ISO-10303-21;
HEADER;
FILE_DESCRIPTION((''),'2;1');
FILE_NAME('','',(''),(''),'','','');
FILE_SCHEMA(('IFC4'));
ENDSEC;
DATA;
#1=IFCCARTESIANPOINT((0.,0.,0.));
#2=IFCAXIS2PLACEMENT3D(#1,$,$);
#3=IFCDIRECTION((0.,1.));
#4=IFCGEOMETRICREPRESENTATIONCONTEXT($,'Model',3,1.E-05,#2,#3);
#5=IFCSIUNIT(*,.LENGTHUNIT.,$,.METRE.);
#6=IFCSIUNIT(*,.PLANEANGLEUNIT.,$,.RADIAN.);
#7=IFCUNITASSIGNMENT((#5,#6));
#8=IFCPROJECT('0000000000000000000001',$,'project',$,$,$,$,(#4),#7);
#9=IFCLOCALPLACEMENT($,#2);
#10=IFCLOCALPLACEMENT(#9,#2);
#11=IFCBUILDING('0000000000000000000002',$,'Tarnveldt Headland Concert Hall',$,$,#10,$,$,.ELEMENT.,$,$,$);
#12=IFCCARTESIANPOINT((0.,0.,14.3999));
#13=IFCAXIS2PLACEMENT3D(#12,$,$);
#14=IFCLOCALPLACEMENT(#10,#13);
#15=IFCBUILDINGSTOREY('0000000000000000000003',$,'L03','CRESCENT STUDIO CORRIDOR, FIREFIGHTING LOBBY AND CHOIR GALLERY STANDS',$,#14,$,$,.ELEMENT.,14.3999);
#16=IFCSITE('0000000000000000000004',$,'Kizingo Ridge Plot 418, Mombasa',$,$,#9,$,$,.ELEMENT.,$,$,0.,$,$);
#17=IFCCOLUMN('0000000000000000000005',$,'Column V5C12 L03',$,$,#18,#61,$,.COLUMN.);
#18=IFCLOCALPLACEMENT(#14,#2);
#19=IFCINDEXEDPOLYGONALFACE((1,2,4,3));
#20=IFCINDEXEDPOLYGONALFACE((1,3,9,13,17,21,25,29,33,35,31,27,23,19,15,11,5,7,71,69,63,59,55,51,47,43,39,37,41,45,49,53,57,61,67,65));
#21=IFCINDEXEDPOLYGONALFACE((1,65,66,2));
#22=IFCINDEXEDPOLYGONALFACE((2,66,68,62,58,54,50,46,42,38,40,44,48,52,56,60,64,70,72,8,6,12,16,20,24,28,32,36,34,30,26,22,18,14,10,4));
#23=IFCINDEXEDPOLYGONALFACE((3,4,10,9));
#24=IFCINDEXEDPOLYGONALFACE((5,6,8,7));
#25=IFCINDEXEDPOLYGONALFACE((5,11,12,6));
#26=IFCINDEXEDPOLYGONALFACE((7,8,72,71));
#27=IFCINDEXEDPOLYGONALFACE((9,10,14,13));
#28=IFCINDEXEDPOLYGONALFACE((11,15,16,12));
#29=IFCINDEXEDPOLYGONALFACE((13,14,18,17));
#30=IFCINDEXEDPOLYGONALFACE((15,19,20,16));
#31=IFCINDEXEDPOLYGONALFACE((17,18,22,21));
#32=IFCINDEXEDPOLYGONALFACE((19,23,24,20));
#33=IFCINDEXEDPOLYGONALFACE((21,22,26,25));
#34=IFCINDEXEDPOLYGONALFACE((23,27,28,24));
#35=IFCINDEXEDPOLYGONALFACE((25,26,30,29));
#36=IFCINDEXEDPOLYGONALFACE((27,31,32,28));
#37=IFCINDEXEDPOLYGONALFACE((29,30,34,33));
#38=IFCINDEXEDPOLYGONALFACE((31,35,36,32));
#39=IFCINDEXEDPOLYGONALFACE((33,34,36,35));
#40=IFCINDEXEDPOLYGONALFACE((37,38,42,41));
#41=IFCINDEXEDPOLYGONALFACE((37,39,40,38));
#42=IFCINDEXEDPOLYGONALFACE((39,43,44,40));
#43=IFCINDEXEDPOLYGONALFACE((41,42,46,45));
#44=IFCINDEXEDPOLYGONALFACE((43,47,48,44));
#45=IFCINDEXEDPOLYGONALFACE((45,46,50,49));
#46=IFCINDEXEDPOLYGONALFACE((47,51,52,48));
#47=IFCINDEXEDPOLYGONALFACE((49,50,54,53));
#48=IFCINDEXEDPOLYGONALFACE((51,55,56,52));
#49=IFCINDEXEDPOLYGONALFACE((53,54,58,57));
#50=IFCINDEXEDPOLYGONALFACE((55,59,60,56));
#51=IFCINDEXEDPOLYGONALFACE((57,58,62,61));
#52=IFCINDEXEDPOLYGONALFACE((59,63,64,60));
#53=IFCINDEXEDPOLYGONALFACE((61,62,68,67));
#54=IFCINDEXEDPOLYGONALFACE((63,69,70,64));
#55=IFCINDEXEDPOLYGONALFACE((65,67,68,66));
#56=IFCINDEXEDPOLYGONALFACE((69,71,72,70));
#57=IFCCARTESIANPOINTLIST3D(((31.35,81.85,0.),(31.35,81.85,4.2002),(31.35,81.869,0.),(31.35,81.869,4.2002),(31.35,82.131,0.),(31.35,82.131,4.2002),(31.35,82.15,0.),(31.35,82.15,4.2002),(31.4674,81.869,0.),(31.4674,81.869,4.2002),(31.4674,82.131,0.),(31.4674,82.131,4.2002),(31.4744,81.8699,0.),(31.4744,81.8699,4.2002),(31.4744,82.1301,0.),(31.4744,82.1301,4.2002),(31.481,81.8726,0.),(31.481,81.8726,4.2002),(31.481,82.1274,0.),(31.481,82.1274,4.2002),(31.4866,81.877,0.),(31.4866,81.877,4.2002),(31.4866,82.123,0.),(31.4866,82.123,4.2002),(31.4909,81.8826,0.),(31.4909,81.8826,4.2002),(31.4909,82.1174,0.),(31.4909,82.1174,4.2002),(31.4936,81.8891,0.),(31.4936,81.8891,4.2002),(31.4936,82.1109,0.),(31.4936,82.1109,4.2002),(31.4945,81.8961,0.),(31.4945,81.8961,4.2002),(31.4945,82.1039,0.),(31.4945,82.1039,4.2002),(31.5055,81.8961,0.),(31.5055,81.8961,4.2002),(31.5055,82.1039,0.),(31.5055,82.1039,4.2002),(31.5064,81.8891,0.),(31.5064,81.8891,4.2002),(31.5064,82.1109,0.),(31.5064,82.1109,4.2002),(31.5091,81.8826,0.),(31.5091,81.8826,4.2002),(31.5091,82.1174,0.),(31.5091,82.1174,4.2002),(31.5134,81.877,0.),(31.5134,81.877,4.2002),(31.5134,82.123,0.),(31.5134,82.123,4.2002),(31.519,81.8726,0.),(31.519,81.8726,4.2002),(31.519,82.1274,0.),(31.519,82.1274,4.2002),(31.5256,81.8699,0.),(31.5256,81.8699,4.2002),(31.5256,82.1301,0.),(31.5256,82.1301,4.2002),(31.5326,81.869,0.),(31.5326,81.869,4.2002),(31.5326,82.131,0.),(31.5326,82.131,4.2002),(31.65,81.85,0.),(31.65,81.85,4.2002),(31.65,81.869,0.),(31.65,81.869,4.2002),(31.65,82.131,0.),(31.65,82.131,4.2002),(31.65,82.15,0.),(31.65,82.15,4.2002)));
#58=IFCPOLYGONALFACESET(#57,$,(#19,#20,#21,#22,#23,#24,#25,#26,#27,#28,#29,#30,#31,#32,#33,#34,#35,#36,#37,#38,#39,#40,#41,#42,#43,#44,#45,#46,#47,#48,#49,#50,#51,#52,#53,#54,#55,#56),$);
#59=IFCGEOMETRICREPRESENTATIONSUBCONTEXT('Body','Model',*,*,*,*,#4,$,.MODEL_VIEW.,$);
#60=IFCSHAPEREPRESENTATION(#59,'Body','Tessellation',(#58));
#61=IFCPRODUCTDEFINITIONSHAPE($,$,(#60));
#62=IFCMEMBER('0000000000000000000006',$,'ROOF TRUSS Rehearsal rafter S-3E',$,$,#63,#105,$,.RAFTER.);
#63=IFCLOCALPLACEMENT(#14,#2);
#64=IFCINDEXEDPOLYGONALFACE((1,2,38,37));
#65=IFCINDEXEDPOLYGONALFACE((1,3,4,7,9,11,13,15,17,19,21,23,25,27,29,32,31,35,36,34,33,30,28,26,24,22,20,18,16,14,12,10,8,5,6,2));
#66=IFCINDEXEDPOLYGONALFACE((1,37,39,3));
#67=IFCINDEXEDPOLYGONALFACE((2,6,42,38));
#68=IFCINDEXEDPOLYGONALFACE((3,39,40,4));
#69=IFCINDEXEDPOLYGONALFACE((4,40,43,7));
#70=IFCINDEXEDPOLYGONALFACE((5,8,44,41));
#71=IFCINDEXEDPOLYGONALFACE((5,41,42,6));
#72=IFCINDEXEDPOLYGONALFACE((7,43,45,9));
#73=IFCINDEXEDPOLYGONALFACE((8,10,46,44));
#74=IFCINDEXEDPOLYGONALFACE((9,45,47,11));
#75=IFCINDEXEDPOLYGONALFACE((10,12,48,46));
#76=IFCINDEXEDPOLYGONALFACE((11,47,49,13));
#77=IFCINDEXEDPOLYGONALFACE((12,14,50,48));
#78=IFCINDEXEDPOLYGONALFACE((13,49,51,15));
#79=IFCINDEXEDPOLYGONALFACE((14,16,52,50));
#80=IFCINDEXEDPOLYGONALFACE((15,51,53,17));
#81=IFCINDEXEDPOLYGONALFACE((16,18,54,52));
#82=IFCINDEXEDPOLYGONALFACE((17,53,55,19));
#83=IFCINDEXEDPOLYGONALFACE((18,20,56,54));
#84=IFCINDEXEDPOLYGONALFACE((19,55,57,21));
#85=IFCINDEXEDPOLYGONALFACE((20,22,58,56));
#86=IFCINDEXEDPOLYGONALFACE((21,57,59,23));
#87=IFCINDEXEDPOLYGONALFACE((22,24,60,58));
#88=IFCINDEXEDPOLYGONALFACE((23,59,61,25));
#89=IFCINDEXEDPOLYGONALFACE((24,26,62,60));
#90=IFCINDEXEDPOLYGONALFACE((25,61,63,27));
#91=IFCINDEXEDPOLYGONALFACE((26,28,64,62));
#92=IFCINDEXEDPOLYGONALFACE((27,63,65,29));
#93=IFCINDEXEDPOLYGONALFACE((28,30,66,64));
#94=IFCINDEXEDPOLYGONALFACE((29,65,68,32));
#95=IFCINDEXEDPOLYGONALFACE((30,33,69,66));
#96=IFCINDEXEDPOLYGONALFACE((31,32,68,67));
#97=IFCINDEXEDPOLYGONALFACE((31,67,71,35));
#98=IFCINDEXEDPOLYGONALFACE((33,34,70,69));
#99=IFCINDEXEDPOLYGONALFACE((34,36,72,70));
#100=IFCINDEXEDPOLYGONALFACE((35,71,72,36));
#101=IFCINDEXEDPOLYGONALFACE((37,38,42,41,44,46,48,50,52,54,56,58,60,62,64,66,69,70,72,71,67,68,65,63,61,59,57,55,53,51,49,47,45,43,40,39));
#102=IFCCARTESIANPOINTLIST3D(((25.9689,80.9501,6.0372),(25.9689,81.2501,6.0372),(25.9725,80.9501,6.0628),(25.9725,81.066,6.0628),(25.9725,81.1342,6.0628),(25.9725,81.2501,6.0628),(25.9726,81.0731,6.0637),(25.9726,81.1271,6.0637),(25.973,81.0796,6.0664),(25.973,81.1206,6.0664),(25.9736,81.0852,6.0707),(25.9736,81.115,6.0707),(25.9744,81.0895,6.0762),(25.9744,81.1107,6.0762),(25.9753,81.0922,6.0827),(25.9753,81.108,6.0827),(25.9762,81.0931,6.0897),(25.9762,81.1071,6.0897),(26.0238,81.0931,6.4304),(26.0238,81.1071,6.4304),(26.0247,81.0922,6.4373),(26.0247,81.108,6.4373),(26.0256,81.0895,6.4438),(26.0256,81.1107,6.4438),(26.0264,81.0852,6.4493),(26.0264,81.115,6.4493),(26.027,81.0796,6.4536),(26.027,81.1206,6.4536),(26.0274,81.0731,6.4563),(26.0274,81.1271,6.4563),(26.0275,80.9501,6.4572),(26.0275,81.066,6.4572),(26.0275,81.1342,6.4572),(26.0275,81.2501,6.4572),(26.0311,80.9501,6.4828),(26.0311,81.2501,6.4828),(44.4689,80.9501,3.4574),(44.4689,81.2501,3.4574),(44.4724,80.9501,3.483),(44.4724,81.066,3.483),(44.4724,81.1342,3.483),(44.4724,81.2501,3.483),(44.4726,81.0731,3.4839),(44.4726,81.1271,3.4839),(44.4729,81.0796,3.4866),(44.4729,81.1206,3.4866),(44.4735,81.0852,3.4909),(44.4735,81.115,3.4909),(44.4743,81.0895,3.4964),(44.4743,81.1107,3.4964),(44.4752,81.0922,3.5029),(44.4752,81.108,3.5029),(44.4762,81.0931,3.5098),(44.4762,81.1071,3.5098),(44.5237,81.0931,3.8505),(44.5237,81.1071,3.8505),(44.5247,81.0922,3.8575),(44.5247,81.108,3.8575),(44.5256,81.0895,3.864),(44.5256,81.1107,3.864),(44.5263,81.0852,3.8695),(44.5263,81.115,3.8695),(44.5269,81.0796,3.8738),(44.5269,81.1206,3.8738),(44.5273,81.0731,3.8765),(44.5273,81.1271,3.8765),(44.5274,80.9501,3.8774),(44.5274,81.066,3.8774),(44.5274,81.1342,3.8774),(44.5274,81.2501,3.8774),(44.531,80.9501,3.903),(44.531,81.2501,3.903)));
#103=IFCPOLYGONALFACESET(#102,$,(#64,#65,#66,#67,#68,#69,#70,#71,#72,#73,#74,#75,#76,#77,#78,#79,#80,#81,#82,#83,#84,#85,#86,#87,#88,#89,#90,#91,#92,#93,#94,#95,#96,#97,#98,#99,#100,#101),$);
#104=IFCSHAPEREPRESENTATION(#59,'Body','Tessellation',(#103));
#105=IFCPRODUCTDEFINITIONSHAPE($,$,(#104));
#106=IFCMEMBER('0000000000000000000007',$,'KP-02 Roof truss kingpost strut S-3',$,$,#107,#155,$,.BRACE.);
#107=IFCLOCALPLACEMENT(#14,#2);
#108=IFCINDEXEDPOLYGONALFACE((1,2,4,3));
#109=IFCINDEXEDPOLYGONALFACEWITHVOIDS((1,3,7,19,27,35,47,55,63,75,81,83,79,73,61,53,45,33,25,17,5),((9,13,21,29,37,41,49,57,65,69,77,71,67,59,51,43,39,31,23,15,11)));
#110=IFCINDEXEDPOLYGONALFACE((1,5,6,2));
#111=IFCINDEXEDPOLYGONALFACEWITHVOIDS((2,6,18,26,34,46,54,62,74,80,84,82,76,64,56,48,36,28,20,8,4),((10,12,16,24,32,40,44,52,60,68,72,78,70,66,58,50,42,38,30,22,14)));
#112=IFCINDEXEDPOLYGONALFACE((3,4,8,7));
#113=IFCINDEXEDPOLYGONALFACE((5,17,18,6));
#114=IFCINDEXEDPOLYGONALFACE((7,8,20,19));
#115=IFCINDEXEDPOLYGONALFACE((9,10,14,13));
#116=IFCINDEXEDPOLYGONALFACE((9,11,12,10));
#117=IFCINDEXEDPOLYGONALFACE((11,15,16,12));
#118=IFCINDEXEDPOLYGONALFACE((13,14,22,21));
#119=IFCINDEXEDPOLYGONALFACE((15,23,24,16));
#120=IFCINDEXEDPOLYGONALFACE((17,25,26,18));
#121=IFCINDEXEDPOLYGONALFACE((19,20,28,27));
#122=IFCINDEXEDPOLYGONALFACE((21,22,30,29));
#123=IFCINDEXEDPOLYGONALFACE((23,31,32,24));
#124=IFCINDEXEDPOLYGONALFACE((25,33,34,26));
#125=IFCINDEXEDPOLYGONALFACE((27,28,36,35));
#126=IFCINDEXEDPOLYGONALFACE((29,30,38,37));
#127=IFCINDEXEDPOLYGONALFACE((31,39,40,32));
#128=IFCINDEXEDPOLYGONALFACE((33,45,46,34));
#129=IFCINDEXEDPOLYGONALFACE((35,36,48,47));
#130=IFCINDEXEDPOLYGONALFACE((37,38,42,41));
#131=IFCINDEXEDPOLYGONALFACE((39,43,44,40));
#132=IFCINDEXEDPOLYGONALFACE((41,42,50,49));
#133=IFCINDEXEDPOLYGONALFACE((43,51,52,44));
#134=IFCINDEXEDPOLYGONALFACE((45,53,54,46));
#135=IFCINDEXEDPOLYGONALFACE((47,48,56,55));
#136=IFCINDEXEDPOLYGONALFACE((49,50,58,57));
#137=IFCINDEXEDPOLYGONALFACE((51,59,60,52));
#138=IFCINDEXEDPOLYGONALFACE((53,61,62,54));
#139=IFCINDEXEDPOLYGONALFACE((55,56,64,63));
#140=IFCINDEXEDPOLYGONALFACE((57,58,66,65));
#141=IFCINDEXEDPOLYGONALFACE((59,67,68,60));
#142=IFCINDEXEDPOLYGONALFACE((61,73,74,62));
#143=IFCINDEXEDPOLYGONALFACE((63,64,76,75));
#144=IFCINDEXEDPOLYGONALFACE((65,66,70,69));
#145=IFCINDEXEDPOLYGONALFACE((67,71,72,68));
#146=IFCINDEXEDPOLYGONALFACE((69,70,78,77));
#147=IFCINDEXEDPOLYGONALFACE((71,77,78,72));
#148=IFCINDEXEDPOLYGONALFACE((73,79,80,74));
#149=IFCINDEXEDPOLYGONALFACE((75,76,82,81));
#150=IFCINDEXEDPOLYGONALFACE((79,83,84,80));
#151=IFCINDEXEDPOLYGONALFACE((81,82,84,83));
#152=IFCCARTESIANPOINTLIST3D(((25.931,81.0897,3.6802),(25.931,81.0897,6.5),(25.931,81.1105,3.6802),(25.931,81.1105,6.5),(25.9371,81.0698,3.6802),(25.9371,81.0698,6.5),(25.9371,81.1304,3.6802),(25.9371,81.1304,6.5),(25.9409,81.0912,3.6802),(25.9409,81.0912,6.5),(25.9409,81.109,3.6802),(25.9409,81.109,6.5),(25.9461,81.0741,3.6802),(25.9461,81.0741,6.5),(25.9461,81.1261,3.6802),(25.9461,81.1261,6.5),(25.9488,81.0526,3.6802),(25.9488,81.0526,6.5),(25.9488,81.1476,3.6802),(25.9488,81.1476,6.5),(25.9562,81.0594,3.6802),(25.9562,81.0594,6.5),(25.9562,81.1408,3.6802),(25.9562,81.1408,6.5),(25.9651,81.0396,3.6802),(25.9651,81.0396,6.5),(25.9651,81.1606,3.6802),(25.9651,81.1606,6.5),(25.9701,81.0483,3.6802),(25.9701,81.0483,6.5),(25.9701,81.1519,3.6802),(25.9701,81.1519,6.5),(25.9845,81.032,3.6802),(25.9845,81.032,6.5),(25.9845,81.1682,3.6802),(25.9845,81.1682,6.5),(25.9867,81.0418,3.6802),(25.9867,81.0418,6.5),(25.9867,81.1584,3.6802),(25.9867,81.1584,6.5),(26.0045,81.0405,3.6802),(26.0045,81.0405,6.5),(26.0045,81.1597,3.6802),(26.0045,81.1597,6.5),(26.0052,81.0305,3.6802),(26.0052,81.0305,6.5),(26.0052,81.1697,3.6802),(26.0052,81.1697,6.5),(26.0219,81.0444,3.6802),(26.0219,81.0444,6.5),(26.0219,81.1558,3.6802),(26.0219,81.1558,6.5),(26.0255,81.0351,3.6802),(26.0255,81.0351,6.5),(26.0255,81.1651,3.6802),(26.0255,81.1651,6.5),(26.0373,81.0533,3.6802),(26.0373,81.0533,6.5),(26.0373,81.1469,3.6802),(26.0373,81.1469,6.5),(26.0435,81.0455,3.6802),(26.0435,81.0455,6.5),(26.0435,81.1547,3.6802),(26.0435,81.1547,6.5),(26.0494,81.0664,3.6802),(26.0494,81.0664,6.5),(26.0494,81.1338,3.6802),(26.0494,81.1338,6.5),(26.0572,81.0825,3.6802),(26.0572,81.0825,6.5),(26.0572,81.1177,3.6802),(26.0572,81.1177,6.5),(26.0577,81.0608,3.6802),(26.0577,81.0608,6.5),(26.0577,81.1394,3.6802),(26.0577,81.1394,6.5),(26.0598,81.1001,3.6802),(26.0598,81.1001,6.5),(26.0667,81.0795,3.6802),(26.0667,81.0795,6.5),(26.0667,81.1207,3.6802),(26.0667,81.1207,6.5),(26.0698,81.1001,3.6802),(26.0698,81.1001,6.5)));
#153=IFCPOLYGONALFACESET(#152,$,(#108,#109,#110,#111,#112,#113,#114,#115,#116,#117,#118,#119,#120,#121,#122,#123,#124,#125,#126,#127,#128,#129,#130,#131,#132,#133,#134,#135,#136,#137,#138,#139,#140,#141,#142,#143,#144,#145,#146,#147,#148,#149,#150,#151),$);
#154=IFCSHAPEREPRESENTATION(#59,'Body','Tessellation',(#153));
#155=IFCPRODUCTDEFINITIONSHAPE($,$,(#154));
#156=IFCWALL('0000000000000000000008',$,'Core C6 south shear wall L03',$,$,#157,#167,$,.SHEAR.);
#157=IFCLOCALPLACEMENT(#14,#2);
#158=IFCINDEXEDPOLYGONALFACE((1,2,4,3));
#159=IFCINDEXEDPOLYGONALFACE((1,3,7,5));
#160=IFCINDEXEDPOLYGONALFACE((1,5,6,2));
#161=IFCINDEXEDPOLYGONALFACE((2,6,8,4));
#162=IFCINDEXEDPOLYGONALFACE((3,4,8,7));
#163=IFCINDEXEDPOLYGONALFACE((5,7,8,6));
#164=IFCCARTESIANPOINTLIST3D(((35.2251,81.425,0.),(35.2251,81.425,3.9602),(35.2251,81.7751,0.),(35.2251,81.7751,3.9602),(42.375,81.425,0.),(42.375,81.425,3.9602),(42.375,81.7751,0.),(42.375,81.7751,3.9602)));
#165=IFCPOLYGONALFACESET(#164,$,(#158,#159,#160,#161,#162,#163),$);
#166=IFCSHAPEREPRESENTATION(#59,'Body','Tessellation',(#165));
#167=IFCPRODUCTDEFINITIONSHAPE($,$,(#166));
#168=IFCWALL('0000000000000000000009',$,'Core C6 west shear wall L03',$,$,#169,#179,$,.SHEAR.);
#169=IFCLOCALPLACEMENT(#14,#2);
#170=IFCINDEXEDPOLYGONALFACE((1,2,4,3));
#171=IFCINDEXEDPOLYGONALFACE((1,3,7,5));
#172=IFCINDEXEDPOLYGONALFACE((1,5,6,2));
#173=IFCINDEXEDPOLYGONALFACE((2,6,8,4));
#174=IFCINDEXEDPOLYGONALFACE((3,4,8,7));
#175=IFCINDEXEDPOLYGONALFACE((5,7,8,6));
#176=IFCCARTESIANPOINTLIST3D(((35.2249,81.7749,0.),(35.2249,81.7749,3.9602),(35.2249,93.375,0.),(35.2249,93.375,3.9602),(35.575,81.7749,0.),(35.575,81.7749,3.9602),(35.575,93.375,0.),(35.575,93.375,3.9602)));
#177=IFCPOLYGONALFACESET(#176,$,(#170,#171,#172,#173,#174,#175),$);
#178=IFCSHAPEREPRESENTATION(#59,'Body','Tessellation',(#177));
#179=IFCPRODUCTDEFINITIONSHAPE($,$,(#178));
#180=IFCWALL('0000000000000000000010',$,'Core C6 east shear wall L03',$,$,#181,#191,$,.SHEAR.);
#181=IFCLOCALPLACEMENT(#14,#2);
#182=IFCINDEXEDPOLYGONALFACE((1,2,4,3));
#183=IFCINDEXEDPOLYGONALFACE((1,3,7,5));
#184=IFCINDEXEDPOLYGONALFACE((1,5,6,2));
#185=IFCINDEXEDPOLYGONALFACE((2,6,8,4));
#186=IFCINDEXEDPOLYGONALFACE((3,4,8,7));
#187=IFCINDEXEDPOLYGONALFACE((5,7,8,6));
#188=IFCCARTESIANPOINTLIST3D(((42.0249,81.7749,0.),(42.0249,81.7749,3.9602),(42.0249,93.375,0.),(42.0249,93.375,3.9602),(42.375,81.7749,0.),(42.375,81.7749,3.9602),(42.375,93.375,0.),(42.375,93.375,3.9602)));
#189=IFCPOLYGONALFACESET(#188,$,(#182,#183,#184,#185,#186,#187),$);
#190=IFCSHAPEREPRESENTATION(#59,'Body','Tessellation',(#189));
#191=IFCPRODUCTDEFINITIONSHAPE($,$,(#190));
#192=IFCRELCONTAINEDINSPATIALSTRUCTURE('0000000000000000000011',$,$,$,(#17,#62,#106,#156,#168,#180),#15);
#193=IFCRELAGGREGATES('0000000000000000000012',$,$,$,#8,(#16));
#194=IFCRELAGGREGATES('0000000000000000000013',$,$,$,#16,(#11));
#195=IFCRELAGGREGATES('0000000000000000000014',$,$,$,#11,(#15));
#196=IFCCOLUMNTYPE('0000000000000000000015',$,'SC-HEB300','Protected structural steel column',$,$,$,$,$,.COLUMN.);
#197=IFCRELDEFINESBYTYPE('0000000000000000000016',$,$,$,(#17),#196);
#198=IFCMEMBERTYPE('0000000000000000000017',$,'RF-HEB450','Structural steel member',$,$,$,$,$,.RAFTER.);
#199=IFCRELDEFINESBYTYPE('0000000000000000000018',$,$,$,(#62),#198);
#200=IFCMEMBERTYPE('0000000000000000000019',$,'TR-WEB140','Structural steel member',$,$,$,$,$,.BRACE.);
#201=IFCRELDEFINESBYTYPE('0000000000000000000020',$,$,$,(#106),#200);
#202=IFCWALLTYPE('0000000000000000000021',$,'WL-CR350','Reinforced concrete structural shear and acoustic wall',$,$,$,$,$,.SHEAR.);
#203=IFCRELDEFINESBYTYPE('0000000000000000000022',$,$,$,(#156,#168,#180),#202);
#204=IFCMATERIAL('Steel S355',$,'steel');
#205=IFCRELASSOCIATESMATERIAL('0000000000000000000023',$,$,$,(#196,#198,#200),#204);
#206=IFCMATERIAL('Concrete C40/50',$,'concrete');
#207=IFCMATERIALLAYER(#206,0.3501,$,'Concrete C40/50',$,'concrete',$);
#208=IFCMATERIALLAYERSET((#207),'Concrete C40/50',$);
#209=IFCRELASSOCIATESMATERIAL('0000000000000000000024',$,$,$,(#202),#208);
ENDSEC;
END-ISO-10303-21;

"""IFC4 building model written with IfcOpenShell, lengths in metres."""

from ifc_helpers import new_model, si_unit, direction, frame, frame_2d, origin, origin_2d, place, context, subcontext, project, spatial, rectangle, hollow_circle, i_section, extrude, material, layer, layer_set, material_profile, profile_set, type_object, element, save


model = new_model("IFC4")

# Units and contexts
model_context = context("Model", 3, precision=1e-05, world=origin(), true_north=direction((0.0, 1.0)))
body_context = subcontext(model_context, "Body", "Model", "MODEL_VIEW")
ifc_project = project(units=[si_unit("LENGTHUNIT", "METRE"), si_unit("PLANEANGLEUNIT", "RADIAN")], contexts=[model_context])

# Site, building, storey
site_placement = place(None, origin())
site = spatial("IfcSite", under=ifc_project, at=site_placement, Name="Kizingo Ridge Plot 418, Mombasa", CompositionType="ELEMENT", RefElevation=0.0)
building_placement = place(site_placement, origin())
building = spatial("IfcBuilding", under=site, at=building_placement, Name="Tarnveldt Headland Concert Hall", CompositionType="ELEMENT")
storey_placement = place(building_placement, frame((0.0, 0.0, 14.3999)))
storey = spatial("IfcBuildingStorey", under=building, at=storey_placement, Name="L03", Description="CRESCENT STUDIO CORRIDOR, FIREFIGHTING LOBBY AND CHOIR GALLERY STANDS", CompositionType="ELEMENT", Elevation=14.3999)

# Column
ifc_material_1 = material(Name="Steel S355", Category="steel")
ifc_material_profile_1 = material_profile(ifc_material_1, i_section(OverallWidth=0.3, OverallDepth=0.3, WebThickness=0.011, FlangeThickness=0.019, FilletRadius=0.0271, at=origin_2d()), Name="HEB300", Category="steel")
ifc_profile_set_1 = profile_set([ifc_material_profile_1], Name="Steel S355")
column_type = type_object("IfcColumnType", Name="SC-HEB300", Description="Protected structural steel column", PredefinedType="COLUMN", material=ifc_profile_set_1)
column_placement = place(storey_placement, frame((31.5, 82.0, 0.0), z_axis=(0.0, 0.0, 1.0), x_axis=(1.0, 0.0, 0.0)))
element("IfcColumn", 1, at=column_placement, inside=storey, type_object=column_type, Name="Column V5C12 L03", PredefinedType="COLUMN", context=body_context, shape_type="SweptSolid", body=[
    extrude(i_section(OverallWidth=0.3, OverallDepth=0.3, WebThickness=0.011, FlangeThickness=0.019, FilletRadius=0.0271, at=origin_2d()), origin(), (0.0, 0.0, 1.0), 4.2002),
])

# Members
ifc_material_profile_2 = material_profile(ifc_material_1, i_section(OverallWidth=0.3, OverallDepth=0.45, WebThickness=0.0139, FlangeThickness=0.0259, FilletRadius=0.0271, at=origin_2d()), Name="HEB450", Category="steel")
ifc_profile_set_2 = profile_set([ifc_material_profile_2], Name="Steel S355")
member_type_1 = type_object("IfcMemberType", Name="RF-HEB450", Description="Structural steel member", PredefinedType="RAFTER", material=ifc_profile_set_2)
member_1_placement = place(storey_placement, frame((26.0, 81.1001, 6.26), z_axis=(0.990416, 0.0, -0.138114), x_axis=(0.0, 1.0, 0.0)))
element("IfcMember", 2, at=member_1_placement, inside=storey, type_object=member_type_1, Name="ROOF TRUSS Rehearsal rafter S-3E", PredefinedType="RAFTER", context=body_context, shape_type="SweptSolid", body=[
    extrude(i_section(OverallWidth=0.3, OverallDepth=0.45, WebThickness=0.0139, FlangeThickness=0.0259, FilletRadius=0.0271, at=origin_2d()), origin(), (0.0, 0.0, 1.0), 18.679),
])
ifc_material_profile_3 = material_profile(ifc_material_1, hollow_circle(Radius=0.0698, WallThickness=0.01, at=origin_2d()), Name="CHS 139.7x10", Category="steel")
ifc_profile_set_3 = profile_set([ifc_material_profile_3], Name="Steel S355")
member_type_2 = type_object("IfcMemberType", Name="TR-WEB140", Description="Structural steel member", PredefinedType="BRACE", material=ifc_profile_set_3)
member_2_placement = place(storey_placement, frame((26.0, 81.1001, 3.6802), z_axis=(0.0, 0.0, 1.0), x_axis=(1.0, 0.0, 0.0)))
element("IfcMember", 3, at=member_2_placement, inside=storey, type_object=member_type_2, Name="KP-02 Roof truss kingpost strut S-3", PredefinedType="BRACE", context=body_context, shape_type="SweptSolid", body=[
    extrude(hollow_circle(Radius=0.0698, WallThickness=0.01, at=origin_2d()), origin(), (0.0, 0.0, 1.0), 2.8198),
])

# Walls
ifc_material_2 = material(Name="Concrete C40/50", Category="concrete")
ifc_layer_1 = layer(ifc_material_2, 0.3501, Name="Concrete C40/50", Category="concrete")
ifc_layer_set_1 = layer_set([ifc_layer_1], Name="Concrete C40/50")
wall_type_1 = type_object("IfcWallType", Name="WL-CR350", Description="Reinforced concrete structural shear and acoustic wall", PredefinedType="SHEAR", material=ifc_layer_set_1)
wall_1_placement = place(storey_placement, frame((35.2251, 81.6001, 0.0), z_axis=(0.0, 0.0, 1.0), x_axis=(1.0, 0.0, 0.0)))
element("IfcWall", 4, at=wall_1_placement, inside=storey, type_object=wall_type_1, Name="Core C6 south shear wall L03", PredefinedType="SHEAR", context=body_context, shape_type="SweptSolid", body=[
    extrude(rectangle(XDim=7.1499, YDim=0.3501, at=frame_2d((3.575, 0.0))), origin(), (0.0, 0.0, 1.0), 3.9602),
])
for number, where, z_axis, x_axis, name in (
    (5, (35.3999, 81.7749, 0.0), (0.0, 0.0, 1.0), (0.0, 1.0, 0.0), "Core C6 west shear wall L03"),
    (6, (42.2, 81.7749, 0.0), (0.0, 0.0, 1.0), (0.0, 1.0, 0.0), "Core C6 east shear wall L03"),
):
    element("IfcWall", number, at=place(storey_placement, frame(where, z_axis=z_axis, x_axis=x_axis)), inside=storey, type_object=wall_type_1, Name=name, PredefinedType="SHEAR", context=body_context, shape_type="SweptSolid", body=[
        extrude(rectangle(XDim=11.6001, YDim=0.3501, at=frame_2d((5.8, 0.0))), origin(), (0.0, 0.0, 1.0), 3.9602),
    ])

save(model, "model.ifc")
